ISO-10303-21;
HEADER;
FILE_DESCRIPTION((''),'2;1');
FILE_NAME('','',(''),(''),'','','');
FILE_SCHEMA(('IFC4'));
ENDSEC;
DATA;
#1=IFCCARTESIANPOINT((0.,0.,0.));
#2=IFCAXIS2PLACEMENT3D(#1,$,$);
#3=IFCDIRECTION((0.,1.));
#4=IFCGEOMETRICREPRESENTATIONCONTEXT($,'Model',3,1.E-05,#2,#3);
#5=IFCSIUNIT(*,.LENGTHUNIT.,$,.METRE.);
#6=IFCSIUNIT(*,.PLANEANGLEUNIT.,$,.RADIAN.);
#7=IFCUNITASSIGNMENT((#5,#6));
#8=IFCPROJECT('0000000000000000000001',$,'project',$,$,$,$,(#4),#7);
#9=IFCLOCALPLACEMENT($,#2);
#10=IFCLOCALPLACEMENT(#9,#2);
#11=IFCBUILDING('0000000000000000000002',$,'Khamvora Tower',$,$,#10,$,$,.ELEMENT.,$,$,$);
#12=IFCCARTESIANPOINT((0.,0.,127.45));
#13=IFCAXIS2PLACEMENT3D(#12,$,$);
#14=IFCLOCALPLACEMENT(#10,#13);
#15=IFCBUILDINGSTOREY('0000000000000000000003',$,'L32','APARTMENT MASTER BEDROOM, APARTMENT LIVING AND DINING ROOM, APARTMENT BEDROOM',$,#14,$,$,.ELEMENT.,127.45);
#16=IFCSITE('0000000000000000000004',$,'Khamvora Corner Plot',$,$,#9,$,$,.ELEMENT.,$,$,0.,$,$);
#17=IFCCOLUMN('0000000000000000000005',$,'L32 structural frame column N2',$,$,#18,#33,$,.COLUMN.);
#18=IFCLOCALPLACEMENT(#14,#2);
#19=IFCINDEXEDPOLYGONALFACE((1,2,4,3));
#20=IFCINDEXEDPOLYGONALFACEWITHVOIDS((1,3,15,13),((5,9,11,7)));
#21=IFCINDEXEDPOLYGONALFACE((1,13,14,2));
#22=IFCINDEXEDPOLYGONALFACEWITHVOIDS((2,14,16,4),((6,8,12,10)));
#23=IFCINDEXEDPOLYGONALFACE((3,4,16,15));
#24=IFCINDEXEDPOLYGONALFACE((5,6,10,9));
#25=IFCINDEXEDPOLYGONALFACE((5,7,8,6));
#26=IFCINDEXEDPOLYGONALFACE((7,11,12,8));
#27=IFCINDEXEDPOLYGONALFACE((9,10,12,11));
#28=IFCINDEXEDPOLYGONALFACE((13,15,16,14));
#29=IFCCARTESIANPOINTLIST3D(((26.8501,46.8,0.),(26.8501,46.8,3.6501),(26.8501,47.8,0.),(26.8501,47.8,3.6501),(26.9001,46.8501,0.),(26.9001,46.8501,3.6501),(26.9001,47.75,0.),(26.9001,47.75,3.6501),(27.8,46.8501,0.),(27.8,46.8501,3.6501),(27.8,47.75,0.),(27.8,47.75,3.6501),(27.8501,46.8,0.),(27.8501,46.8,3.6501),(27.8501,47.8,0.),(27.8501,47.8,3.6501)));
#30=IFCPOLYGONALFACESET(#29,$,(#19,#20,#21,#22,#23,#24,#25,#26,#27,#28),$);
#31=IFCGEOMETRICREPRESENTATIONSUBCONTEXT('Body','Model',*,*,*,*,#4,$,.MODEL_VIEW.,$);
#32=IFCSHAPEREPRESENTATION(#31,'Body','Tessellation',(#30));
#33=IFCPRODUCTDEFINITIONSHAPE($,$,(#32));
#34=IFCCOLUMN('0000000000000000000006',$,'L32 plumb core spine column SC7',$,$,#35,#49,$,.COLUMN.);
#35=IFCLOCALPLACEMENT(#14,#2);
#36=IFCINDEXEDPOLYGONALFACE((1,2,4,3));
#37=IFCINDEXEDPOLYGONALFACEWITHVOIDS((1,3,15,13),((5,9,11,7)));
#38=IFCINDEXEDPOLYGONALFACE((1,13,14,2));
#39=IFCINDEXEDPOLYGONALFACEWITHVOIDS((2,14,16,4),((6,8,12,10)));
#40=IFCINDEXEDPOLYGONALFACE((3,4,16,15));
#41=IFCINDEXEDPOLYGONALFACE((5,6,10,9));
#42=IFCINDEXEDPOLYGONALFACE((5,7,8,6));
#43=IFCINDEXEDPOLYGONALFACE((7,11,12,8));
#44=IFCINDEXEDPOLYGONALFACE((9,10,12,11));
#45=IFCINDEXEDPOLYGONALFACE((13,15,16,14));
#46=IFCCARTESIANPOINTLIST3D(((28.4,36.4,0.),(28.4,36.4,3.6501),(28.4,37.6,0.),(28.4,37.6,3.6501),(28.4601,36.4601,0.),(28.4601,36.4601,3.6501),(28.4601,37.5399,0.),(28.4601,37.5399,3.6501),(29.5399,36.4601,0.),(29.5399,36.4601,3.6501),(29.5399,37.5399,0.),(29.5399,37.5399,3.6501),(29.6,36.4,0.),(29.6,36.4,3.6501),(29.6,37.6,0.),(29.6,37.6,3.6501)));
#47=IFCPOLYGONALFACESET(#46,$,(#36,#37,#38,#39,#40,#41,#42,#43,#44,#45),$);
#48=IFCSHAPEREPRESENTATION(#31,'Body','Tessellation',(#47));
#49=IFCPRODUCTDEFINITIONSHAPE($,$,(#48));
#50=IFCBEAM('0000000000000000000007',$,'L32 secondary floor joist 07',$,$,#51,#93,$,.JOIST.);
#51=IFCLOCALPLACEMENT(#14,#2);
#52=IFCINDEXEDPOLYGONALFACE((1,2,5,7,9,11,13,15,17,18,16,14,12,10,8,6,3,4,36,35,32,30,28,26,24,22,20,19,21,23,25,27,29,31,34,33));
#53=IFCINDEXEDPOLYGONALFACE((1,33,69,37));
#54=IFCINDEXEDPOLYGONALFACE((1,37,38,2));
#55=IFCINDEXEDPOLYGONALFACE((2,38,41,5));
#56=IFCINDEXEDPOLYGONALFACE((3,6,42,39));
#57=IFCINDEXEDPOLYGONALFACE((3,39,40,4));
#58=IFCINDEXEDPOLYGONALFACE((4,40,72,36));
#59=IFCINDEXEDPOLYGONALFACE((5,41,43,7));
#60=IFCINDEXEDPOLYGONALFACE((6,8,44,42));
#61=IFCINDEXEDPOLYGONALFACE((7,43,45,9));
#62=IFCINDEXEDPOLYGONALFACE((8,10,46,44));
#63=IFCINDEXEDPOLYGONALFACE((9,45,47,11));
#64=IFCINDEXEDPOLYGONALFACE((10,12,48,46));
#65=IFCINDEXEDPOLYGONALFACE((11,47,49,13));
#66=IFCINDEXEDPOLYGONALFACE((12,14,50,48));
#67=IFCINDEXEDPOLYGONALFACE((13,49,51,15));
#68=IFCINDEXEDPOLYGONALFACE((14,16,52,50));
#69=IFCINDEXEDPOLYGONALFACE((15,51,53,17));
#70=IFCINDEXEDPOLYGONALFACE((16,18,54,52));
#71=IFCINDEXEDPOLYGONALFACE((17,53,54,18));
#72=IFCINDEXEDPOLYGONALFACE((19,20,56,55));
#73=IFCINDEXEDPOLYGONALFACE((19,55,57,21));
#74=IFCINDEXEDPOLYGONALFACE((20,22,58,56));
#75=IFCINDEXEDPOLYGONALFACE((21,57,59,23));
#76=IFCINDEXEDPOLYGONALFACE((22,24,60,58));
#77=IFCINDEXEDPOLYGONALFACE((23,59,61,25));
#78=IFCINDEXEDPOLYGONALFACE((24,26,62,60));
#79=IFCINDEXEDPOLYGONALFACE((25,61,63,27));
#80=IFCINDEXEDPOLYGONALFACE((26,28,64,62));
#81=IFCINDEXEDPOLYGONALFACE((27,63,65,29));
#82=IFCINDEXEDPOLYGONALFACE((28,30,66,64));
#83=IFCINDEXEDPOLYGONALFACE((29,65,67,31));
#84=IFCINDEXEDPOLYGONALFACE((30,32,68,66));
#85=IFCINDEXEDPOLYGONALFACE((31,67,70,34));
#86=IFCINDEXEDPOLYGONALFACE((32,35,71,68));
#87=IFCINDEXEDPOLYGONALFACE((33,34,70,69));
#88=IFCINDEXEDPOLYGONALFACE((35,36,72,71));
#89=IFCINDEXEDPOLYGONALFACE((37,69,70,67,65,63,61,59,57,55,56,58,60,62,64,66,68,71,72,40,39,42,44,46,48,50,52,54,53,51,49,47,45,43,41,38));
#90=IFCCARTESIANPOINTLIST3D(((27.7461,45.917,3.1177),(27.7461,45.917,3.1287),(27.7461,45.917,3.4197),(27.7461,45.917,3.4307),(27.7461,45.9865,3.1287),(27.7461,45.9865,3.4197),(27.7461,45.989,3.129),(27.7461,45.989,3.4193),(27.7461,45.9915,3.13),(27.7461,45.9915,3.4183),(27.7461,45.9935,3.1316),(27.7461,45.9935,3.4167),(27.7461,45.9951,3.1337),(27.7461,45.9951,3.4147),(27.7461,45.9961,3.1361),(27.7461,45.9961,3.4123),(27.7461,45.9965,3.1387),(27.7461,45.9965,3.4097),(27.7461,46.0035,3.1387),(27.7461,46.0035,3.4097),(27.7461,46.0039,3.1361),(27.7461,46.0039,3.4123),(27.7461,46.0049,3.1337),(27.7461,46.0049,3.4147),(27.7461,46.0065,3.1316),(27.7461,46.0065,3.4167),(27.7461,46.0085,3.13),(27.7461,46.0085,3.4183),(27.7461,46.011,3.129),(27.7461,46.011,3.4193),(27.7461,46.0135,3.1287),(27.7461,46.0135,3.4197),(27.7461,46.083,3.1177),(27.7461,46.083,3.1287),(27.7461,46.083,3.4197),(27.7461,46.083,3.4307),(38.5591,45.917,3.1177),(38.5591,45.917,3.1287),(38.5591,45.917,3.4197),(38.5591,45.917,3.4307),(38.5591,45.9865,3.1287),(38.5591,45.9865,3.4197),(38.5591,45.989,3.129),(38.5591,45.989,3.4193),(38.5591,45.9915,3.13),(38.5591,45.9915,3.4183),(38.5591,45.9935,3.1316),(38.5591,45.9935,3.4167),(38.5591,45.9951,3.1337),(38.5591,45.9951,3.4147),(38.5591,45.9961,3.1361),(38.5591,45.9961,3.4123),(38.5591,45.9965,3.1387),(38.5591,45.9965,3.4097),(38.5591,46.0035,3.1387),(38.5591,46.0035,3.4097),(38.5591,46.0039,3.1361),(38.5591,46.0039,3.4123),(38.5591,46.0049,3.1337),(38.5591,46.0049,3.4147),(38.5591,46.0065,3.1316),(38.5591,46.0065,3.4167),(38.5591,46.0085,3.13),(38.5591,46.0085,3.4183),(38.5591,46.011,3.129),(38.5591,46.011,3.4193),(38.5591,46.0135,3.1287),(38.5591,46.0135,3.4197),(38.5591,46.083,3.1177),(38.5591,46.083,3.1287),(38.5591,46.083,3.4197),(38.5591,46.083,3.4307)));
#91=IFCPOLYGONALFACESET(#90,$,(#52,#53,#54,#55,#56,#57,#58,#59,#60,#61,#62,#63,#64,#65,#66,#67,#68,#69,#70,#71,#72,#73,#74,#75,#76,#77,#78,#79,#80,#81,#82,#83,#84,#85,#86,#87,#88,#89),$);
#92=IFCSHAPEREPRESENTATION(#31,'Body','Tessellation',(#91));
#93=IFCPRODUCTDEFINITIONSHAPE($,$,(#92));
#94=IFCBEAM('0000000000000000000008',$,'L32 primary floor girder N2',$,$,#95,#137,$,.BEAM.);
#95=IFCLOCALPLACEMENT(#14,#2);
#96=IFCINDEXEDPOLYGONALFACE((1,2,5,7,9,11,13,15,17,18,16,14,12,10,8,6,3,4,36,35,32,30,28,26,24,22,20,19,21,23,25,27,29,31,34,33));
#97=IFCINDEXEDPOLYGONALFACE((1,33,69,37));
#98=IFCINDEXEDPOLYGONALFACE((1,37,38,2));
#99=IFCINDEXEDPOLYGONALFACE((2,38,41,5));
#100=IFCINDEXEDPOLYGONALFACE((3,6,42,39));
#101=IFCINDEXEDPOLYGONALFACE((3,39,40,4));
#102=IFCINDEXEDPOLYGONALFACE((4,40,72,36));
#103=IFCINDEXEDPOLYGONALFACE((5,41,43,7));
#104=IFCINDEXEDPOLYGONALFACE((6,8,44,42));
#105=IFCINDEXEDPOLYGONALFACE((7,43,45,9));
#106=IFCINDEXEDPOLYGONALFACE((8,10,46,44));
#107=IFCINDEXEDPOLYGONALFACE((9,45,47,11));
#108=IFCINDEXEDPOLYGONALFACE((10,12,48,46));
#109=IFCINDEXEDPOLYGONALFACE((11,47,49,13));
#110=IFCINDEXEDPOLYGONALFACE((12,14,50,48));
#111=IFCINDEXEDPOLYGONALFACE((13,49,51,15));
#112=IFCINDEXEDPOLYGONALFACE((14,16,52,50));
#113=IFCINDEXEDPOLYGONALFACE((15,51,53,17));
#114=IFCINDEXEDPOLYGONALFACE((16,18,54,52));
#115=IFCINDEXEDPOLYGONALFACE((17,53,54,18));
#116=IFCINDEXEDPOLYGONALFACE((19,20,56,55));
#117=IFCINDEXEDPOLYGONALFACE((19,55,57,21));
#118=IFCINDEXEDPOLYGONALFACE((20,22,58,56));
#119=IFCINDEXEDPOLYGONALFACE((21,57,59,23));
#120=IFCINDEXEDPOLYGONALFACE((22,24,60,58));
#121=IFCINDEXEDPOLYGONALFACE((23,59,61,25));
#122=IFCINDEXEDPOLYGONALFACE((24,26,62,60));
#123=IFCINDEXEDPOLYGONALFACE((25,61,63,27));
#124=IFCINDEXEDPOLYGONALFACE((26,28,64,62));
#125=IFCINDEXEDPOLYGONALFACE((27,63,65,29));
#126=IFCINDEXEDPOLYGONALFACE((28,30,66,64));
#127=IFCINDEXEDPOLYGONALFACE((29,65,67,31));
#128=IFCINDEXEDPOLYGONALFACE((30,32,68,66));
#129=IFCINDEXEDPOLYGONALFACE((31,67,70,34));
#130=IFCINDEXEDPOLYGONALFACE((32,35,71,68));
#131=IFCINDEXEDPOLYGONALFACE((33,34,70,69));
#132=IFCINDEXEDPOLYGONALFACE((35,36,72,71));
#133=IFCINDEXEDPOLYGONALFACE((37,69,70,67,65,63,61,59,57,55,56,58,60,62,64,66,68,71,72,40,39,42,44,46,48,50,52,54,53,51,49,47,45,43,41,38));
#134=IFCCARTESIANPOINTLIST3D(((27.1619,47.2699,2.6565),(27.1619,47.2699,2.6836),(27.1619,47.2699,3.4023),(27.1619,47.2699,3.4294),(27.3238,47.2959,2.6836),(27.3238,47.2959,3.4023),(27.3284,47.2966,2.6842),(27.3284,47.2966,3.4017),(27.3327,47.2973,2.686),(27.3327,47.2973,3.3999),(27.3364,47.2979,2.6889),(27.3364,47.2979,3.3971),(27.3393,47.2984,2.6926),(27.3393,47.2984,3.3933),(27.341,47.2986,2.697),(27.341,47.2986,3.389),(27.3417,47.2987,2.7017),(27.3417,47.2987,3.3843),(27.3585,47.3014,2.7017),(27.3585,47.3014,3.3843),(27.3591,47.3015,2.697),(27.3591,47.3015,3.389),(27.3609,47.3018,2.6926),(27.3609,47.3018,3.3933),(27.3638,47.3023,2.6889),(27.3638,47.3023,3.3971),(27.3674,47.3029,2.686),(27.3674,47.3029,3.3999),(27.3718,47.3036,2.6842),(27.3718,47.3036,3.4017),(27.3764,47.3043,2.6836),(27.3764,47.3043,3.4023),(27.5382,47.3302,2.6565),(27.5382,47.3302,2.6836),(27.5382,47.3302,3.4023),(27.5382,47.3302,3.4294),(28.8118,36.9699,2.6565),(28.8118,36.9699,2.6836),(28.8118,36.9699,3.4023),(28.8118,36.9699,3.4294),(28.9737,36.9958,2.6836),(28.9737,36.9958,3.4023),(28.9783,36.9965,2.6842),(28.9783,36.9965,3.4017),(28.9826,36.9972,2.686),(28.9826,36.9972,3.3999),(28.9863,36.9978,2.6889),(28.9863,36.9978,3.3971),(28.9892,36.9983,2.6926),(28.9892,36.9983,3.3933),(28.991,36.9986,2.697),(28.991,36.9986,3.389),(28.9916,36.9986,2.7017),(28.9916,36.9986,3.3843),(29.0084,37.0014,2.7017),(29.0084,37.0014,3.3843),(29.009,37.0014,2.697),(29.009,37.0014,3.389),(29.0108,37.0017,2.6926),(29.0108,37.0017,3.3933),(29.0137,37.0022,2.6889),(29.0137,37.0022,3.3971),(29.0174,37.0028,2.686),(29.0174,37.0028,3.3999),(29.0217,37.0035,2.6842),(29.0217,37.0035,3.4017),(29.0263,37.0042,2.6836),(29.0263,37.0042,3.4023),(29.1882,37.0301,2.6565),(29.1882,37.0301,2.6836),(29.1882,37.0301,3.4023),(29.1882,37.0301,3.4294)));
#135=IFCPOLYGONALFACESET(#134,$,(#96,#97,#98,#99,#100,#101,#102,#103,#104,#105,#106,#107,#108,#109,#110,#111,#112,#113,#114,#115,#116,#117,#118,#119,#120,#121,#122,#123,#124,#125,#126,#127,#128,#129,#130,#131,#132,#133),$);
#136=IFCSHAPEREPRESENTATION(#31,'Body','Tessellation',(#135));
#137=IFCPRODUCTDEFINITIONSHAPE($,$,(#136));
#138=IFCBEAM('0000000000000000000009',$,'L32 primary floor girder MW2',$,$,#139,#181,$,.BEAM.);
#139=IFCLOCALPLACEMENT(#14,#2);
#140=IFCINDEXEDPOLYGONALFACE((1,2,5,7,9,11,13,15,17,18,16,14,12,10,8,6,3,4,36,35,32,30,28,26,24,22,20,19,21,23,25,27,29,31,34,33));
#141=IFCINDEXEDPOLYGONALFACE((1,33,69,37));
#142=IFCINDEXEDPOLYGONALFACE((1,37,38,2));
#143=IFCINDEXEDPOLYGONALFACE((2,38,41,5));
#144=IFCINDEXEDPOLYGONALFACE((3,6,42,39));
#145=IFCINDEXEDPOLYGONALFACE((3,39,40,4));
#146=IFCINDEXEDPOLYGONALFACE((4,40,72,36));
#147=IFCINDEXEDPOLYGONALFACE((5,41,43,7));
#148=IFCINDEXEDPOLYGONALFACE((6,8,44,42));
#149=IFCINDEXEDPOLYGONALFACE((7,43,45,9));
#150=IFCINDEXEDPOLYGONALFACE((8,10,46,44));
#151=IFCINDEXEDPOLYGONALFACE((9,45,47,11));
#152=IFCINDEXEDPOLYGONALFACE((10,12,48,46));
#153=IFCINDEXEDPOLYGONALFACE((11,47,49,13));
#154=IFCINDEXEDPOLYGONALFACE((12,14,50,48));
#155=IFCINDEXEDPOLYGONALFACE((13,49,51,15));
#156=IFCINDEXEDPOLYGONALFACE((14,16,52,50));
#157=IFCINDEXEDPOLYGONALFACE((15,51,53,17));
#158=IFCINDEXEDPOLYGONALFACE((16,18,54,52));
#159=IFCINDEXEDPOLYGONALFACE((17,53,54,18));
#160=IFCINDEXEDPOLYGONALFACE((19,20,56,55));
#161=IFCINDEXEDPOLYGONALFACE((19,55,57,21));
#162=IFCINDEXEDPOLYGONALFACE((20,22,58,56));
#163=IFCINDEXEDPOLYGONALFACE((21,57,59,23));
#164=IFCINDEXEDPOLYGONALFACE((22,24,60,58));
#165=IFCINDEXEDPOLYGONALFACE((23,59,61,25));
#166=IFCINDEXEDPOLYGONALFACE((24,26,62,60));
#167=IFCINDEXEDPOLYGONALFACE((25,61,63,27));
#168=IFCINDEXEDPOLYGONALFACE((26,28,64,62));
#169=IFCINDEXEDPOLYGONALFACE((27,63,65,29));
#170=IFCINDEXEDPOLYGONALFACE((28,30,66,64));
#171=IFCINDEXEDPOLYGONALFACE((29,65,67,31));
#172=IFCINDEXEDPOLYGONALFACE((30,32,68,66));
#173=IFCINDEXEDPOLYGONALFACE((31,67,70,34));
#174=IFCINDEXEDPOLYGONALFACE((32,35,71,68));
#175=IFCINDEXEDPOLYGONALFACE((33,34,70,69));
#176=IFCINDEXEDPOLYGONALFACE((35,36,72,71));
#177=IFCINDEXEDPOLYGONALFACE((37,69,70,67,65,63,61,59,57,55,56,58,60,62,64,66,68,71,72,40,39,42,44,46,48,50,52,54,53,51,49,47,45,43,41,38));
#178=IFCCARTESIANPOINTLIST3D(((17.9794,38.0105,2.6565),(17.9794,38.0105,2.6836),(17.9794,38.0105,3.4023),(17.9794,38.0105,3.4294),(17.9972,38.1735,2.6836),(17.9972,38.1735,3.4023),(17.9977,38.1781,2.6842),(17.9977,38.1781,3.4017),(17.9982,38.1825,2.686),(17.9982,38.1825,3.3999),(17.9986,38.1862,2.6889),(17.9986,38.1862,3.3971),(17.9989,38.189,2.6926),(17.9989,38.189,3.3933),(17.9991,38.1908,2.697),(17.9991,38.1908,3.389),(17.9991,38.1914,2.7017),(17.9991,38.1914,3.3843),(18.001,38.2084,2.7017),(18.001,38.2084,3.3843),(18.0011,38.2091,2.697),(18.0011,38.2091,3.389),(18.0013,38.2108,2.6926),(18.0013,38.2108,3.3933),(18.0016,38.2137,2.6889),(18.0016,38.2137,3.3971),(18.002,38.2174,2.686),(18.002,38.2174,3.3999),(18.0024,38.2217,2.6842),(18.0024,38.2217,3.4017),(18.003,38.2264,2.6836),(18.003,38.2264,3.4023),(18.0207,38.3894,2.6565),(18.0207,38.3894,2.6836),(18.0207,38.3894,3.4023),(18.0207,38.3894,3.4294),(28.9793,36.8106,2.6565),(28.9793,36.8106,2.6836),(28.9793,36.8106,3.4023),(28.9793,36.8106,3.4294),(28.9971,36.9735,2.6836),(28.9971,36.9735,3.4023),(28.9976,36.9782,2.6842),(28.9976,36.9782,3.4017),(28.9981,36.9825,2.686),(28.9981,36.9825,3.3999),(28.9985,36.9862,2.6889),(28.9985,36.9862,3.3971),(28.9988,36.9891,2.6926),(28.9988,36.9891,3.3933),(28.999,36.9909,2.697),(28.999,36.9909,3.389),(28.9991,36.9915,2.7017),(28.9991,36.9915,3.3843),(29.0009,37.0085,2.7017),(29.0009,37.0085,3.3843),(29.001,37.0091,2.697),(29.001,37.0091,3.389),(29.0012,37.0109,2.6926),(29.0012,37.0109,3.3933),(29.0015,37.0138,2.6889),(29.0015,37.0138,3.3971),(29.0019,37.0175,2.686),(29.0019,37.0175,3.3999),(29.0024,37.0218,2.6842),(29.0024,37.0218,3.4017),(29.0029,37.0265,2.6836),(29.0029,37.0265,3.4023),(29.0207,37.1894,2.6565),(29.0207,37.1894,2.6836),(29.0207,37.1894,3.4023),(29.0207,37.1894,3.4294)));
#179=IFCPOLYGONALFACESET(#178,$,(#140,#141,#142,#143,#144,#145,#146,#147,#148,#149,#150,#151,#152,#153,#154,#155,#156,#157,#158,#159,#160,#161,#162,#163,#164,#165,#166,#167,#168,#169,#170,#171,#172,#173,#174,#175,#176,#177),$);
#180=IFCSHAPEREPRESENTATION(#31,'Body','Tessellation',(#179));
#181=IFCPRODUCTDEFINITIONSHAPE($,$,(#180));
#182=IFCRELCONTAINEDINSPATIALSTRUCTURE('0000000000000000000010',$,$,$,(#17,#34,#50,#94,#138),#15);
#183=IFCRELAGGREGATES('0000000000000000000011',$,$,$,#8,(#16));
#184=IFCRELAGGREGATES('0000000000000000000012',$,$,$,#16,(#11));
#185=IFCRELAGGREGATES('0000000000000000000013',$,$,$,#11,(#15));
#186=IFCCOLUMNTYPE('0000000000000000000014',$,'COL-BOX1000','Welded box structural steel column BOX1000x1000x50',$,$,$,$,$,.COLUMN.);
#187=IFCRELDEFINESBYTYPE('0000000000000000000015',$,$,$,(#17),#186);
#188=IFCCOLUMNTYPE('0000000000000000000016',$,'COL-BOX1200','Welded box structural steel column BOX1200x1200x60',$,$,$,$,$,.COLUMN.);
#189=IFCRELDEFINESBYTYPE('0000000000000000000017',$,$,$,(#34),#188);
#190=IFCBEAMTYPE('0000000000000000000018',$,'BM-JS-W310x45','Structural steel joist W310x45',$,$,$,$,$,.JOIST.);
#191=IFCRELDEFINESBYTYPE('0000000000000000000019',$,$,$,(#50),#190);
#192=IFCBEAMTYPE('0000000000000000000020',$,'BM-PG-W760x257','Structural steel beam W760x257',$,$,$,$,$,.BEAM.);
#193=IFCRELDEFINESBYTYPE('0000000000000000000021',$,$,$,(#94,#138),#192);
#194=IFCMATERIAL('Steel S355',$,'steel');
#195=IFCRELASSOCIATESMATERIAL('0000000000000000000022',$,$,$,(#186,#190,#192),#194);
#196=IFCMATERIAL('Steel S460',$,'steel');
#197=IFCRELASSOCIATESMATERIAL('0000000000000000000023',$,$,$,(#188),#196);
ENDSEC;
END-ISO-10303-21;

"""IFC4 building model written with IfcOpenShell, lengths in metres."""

from ifc_helpers import new_model, si_unit, direction, frame, origin, origin_2d, place, context, subcontext, project, spatial, hollow_rectangle, i_section, extrude, material, material_profile, profile_set, type_object, element, save


model = new_model("IFC4")

# Units and contexts
model_context = context("Model", 3, precision=1e-05, world=origin(), true_north=direction((0.0, 1.0)))
body_context = subcontext(model_context, "Body", "Model", "MODEL_VIEW")
ifc_project = project(units=[si_unit("LENGTHUNIT", "METRE"), si_unit("PLANEANGLEUNIT", "RADIAN")], contexts=[model_context])

# Site, building, storey
site_placement = place(None, origin())
site = spatial("IfcSite", under=ifc_project, at=site_placement, Name="Khamvora Corner Plot", CompositionType="ELEMENT", RefElevation=0.0)
building_placement = place(site_placement, origin())
building = spatial("IfcBuilding", under=site, at=building_placement, Name="Khamvora Tower", CompositionType="ELEMENT")
storey_placement = place(building_placement, frame((0.0, 0.0, 127.45)))
storey = spatial("IfcBuildingStorey", under=building, at=storey_placement, Name="L32", Description="APARTMENT MASTER BEDROOM, APARTMENT LIVING AND DINING ROOM, APARTMENT BEDROOM", CompositionType="ELEMENT", Elevation=127.45)

# Columns
ifc_material_1 = material(Name="Steel S355", Category="steel")
ifc_material_profile_1 = material_profile(ifc_material_1, hollow_rectangle(XDim=1.0, YDim=1.0, WallThickness=0.05, at=origin_2d()), Name="BOX1000x1000x50")
ifc_profile_set_1 = profile_set([ifc_material_profile_1], Name="Steel S355")
column_type_1 = type_object("IfcColumnType", Name="COL-BOX1000", Description="Welded box structural steel column BOX1000x1000x50", PredefinedType="COLUMN", material=ifc_profile_set_1)
column_1_placement = place(storey_placement, frame((27.3501, 47.3, 0.0), z_axis=(0.0, 0.0, 1.0), x_axis=(1.0, 0.0, 0.0)))
element("IfcColumn", 1, at=column_1_placement, inside=storey, type_object=column_type_1, Name="L32 structural frame column N2", PredefinedType="COLUMN", context=body_context, shape_type="SweptSolid", body=[
    extrude(hollow_rectangle(XDim=1.0, YDim=1.0, WallThickness=0.05, at=origin_2d()), origin(), (0.0, 0.0, 1.0), 3.6501),
])
ifc_material_2 = material(Name="Steel S460", Category="steel")
ifc_material_profile_2 = material_profile(ifc_material_2, hollow_rectangle(XDim=1.2, YDim=1.2, WallThickness=0.0601, at=origin_2d()), Name="BOX1200x1200x60")
ifc_profile_set_2 = profile_set([ifc_material_profile_2], Name="Steel S460")
column_type_2 = type_object("IfcColumnType", Name="COL-BOX1200", Description="Welded box structural steel column BOX1200x1200x60", PredefinedType="COLUMN", material=ifc_profile_set_2)
column_2_placement = place(storey_placement, frame((29.0, 37.0, 0.0), z_axis=(0.0, 0.0, 1.0), x_axis=(1.0, 0.0, 0.0)))
element("IfcColumn", 2, at=column_2_placement, inside=storey, type_object=column_type_2, Name="L32 plumb core spine column SC7", PredefinedType="COLUMN", context=body_context, shape_type="SweptSolid", body=[
    extrude(hollow_rectangle(XDim=1.2, YDim=1.2, WallThickness=0.0601, at=origin_2d()), origin(), (0.0, 0.0, 1.0), 3.6501),
])

# Beams
ifc_material_profile_3 = material_profile(ifc_material_1, i_section(OverallWidth=0.166, OverallDepth=0.313, WebThickness=0.0071, FlangeThickness=0.011, FilletRadius=0.01, at=origin_2d()), Name="W310x45")
ifc_profile_set_3 = profile_set([ifc_material_profile_3], Name="Steel S355")
beam_type_1 = type_object("IfcBeamType", Name="BM-JS-W310x45", Description="Structural steel joist W310x45", PredefinedType="JOIST", material=ifc_profile_set_3)
beam_1_placement = place(storey_placement, frame((27.7461, 46.0, 3.2742), z_axis=(1.0, 0.0, 0.0), x_axis=(0.0, 1.0, 0.0)))
element("IfcBeam", 3, at=beam_1_placement, inside=storey, type_object=beam_type_1, Name="L32 secondary floor joist 07", PredefinedType="JOIST", context=body_context, shape_type="SweptSolid", body=[
    extrude(i_section(OverallWidth=0.166, OverallDepth=0.313, WebThickness=0.0071, FlangeThickness=0.011, FilletRadius=0.01, at=origin_2d()), origin(), (0.0, 0.0, 1.0), 10.813),
])
ifc_material_profile_4 = material_profile(ifc_material_1, i_section(OverallWidth=0.3811, OverallDepth=0.7729, WebThickness=0.0171, FlangeThickness=0.0271, FilletRadius=0.0181, at=origin_2d()), Name="W760x257")
ifc_profile_set_4 = profile_set([ifc_material_profile_4], Name="Steel S355")
beam_type_2 = type_object("IfcBeamType", Name="BM-PG-W760x257", Description="Structural steel beam W760x257", PredefinedType="BEAM", material=ifc_profile_set_4)
beam_2_placement = place(storey_placement, frame((29.0, 37.0, 3.043), z_axis=(-0.158168, 0.987412, 0.0), x_axis=(-0.987412, -0.158168, 0.0)))
element("IfcBeam", 4, at=beam_2_placement, inside=storey, type_object=beam_type_2, Name="L32 primary floor girder N2", PredefinedType="BEAM", context=body_context, shape_type="SweptSolid", body=[
    extrude(i_section(OverallWidth=0.3811, OverallDepth=0.7729, WebThickness=0.0171, FlangeThickness=0.0271, FilletRadius=0.0181, at=origin_2d()), origin(), (0.0, 0.0, 1.0), 10.4314),
])
beam_3_placement = place(storey_placement, frame((29.0, 37.0, 3.043), z_axis=(-0.994103, 0.108443, 0.0), x_axis=(-0.108443, -0.994103, 0.0)))
element("IfcBeam", 5, at=beam_3_placement, inside=storey, type_object=beam_type_2, Name="L32 primary floor girder MW2", PredefinedType="BEAM", context=body_context, shape_type="SweptSolid", body=[
    extrude(i_section(OverallWidth=0.3811, OverallDepth=0.7729, WebThickness=0.0171, FlangeThickness=0.0271, FilletRadius=0.0181, at=origin_2d()), origin(), (0.0, 0.0, 1.0), 11.0652),
])

save(model, "model.ifc")
